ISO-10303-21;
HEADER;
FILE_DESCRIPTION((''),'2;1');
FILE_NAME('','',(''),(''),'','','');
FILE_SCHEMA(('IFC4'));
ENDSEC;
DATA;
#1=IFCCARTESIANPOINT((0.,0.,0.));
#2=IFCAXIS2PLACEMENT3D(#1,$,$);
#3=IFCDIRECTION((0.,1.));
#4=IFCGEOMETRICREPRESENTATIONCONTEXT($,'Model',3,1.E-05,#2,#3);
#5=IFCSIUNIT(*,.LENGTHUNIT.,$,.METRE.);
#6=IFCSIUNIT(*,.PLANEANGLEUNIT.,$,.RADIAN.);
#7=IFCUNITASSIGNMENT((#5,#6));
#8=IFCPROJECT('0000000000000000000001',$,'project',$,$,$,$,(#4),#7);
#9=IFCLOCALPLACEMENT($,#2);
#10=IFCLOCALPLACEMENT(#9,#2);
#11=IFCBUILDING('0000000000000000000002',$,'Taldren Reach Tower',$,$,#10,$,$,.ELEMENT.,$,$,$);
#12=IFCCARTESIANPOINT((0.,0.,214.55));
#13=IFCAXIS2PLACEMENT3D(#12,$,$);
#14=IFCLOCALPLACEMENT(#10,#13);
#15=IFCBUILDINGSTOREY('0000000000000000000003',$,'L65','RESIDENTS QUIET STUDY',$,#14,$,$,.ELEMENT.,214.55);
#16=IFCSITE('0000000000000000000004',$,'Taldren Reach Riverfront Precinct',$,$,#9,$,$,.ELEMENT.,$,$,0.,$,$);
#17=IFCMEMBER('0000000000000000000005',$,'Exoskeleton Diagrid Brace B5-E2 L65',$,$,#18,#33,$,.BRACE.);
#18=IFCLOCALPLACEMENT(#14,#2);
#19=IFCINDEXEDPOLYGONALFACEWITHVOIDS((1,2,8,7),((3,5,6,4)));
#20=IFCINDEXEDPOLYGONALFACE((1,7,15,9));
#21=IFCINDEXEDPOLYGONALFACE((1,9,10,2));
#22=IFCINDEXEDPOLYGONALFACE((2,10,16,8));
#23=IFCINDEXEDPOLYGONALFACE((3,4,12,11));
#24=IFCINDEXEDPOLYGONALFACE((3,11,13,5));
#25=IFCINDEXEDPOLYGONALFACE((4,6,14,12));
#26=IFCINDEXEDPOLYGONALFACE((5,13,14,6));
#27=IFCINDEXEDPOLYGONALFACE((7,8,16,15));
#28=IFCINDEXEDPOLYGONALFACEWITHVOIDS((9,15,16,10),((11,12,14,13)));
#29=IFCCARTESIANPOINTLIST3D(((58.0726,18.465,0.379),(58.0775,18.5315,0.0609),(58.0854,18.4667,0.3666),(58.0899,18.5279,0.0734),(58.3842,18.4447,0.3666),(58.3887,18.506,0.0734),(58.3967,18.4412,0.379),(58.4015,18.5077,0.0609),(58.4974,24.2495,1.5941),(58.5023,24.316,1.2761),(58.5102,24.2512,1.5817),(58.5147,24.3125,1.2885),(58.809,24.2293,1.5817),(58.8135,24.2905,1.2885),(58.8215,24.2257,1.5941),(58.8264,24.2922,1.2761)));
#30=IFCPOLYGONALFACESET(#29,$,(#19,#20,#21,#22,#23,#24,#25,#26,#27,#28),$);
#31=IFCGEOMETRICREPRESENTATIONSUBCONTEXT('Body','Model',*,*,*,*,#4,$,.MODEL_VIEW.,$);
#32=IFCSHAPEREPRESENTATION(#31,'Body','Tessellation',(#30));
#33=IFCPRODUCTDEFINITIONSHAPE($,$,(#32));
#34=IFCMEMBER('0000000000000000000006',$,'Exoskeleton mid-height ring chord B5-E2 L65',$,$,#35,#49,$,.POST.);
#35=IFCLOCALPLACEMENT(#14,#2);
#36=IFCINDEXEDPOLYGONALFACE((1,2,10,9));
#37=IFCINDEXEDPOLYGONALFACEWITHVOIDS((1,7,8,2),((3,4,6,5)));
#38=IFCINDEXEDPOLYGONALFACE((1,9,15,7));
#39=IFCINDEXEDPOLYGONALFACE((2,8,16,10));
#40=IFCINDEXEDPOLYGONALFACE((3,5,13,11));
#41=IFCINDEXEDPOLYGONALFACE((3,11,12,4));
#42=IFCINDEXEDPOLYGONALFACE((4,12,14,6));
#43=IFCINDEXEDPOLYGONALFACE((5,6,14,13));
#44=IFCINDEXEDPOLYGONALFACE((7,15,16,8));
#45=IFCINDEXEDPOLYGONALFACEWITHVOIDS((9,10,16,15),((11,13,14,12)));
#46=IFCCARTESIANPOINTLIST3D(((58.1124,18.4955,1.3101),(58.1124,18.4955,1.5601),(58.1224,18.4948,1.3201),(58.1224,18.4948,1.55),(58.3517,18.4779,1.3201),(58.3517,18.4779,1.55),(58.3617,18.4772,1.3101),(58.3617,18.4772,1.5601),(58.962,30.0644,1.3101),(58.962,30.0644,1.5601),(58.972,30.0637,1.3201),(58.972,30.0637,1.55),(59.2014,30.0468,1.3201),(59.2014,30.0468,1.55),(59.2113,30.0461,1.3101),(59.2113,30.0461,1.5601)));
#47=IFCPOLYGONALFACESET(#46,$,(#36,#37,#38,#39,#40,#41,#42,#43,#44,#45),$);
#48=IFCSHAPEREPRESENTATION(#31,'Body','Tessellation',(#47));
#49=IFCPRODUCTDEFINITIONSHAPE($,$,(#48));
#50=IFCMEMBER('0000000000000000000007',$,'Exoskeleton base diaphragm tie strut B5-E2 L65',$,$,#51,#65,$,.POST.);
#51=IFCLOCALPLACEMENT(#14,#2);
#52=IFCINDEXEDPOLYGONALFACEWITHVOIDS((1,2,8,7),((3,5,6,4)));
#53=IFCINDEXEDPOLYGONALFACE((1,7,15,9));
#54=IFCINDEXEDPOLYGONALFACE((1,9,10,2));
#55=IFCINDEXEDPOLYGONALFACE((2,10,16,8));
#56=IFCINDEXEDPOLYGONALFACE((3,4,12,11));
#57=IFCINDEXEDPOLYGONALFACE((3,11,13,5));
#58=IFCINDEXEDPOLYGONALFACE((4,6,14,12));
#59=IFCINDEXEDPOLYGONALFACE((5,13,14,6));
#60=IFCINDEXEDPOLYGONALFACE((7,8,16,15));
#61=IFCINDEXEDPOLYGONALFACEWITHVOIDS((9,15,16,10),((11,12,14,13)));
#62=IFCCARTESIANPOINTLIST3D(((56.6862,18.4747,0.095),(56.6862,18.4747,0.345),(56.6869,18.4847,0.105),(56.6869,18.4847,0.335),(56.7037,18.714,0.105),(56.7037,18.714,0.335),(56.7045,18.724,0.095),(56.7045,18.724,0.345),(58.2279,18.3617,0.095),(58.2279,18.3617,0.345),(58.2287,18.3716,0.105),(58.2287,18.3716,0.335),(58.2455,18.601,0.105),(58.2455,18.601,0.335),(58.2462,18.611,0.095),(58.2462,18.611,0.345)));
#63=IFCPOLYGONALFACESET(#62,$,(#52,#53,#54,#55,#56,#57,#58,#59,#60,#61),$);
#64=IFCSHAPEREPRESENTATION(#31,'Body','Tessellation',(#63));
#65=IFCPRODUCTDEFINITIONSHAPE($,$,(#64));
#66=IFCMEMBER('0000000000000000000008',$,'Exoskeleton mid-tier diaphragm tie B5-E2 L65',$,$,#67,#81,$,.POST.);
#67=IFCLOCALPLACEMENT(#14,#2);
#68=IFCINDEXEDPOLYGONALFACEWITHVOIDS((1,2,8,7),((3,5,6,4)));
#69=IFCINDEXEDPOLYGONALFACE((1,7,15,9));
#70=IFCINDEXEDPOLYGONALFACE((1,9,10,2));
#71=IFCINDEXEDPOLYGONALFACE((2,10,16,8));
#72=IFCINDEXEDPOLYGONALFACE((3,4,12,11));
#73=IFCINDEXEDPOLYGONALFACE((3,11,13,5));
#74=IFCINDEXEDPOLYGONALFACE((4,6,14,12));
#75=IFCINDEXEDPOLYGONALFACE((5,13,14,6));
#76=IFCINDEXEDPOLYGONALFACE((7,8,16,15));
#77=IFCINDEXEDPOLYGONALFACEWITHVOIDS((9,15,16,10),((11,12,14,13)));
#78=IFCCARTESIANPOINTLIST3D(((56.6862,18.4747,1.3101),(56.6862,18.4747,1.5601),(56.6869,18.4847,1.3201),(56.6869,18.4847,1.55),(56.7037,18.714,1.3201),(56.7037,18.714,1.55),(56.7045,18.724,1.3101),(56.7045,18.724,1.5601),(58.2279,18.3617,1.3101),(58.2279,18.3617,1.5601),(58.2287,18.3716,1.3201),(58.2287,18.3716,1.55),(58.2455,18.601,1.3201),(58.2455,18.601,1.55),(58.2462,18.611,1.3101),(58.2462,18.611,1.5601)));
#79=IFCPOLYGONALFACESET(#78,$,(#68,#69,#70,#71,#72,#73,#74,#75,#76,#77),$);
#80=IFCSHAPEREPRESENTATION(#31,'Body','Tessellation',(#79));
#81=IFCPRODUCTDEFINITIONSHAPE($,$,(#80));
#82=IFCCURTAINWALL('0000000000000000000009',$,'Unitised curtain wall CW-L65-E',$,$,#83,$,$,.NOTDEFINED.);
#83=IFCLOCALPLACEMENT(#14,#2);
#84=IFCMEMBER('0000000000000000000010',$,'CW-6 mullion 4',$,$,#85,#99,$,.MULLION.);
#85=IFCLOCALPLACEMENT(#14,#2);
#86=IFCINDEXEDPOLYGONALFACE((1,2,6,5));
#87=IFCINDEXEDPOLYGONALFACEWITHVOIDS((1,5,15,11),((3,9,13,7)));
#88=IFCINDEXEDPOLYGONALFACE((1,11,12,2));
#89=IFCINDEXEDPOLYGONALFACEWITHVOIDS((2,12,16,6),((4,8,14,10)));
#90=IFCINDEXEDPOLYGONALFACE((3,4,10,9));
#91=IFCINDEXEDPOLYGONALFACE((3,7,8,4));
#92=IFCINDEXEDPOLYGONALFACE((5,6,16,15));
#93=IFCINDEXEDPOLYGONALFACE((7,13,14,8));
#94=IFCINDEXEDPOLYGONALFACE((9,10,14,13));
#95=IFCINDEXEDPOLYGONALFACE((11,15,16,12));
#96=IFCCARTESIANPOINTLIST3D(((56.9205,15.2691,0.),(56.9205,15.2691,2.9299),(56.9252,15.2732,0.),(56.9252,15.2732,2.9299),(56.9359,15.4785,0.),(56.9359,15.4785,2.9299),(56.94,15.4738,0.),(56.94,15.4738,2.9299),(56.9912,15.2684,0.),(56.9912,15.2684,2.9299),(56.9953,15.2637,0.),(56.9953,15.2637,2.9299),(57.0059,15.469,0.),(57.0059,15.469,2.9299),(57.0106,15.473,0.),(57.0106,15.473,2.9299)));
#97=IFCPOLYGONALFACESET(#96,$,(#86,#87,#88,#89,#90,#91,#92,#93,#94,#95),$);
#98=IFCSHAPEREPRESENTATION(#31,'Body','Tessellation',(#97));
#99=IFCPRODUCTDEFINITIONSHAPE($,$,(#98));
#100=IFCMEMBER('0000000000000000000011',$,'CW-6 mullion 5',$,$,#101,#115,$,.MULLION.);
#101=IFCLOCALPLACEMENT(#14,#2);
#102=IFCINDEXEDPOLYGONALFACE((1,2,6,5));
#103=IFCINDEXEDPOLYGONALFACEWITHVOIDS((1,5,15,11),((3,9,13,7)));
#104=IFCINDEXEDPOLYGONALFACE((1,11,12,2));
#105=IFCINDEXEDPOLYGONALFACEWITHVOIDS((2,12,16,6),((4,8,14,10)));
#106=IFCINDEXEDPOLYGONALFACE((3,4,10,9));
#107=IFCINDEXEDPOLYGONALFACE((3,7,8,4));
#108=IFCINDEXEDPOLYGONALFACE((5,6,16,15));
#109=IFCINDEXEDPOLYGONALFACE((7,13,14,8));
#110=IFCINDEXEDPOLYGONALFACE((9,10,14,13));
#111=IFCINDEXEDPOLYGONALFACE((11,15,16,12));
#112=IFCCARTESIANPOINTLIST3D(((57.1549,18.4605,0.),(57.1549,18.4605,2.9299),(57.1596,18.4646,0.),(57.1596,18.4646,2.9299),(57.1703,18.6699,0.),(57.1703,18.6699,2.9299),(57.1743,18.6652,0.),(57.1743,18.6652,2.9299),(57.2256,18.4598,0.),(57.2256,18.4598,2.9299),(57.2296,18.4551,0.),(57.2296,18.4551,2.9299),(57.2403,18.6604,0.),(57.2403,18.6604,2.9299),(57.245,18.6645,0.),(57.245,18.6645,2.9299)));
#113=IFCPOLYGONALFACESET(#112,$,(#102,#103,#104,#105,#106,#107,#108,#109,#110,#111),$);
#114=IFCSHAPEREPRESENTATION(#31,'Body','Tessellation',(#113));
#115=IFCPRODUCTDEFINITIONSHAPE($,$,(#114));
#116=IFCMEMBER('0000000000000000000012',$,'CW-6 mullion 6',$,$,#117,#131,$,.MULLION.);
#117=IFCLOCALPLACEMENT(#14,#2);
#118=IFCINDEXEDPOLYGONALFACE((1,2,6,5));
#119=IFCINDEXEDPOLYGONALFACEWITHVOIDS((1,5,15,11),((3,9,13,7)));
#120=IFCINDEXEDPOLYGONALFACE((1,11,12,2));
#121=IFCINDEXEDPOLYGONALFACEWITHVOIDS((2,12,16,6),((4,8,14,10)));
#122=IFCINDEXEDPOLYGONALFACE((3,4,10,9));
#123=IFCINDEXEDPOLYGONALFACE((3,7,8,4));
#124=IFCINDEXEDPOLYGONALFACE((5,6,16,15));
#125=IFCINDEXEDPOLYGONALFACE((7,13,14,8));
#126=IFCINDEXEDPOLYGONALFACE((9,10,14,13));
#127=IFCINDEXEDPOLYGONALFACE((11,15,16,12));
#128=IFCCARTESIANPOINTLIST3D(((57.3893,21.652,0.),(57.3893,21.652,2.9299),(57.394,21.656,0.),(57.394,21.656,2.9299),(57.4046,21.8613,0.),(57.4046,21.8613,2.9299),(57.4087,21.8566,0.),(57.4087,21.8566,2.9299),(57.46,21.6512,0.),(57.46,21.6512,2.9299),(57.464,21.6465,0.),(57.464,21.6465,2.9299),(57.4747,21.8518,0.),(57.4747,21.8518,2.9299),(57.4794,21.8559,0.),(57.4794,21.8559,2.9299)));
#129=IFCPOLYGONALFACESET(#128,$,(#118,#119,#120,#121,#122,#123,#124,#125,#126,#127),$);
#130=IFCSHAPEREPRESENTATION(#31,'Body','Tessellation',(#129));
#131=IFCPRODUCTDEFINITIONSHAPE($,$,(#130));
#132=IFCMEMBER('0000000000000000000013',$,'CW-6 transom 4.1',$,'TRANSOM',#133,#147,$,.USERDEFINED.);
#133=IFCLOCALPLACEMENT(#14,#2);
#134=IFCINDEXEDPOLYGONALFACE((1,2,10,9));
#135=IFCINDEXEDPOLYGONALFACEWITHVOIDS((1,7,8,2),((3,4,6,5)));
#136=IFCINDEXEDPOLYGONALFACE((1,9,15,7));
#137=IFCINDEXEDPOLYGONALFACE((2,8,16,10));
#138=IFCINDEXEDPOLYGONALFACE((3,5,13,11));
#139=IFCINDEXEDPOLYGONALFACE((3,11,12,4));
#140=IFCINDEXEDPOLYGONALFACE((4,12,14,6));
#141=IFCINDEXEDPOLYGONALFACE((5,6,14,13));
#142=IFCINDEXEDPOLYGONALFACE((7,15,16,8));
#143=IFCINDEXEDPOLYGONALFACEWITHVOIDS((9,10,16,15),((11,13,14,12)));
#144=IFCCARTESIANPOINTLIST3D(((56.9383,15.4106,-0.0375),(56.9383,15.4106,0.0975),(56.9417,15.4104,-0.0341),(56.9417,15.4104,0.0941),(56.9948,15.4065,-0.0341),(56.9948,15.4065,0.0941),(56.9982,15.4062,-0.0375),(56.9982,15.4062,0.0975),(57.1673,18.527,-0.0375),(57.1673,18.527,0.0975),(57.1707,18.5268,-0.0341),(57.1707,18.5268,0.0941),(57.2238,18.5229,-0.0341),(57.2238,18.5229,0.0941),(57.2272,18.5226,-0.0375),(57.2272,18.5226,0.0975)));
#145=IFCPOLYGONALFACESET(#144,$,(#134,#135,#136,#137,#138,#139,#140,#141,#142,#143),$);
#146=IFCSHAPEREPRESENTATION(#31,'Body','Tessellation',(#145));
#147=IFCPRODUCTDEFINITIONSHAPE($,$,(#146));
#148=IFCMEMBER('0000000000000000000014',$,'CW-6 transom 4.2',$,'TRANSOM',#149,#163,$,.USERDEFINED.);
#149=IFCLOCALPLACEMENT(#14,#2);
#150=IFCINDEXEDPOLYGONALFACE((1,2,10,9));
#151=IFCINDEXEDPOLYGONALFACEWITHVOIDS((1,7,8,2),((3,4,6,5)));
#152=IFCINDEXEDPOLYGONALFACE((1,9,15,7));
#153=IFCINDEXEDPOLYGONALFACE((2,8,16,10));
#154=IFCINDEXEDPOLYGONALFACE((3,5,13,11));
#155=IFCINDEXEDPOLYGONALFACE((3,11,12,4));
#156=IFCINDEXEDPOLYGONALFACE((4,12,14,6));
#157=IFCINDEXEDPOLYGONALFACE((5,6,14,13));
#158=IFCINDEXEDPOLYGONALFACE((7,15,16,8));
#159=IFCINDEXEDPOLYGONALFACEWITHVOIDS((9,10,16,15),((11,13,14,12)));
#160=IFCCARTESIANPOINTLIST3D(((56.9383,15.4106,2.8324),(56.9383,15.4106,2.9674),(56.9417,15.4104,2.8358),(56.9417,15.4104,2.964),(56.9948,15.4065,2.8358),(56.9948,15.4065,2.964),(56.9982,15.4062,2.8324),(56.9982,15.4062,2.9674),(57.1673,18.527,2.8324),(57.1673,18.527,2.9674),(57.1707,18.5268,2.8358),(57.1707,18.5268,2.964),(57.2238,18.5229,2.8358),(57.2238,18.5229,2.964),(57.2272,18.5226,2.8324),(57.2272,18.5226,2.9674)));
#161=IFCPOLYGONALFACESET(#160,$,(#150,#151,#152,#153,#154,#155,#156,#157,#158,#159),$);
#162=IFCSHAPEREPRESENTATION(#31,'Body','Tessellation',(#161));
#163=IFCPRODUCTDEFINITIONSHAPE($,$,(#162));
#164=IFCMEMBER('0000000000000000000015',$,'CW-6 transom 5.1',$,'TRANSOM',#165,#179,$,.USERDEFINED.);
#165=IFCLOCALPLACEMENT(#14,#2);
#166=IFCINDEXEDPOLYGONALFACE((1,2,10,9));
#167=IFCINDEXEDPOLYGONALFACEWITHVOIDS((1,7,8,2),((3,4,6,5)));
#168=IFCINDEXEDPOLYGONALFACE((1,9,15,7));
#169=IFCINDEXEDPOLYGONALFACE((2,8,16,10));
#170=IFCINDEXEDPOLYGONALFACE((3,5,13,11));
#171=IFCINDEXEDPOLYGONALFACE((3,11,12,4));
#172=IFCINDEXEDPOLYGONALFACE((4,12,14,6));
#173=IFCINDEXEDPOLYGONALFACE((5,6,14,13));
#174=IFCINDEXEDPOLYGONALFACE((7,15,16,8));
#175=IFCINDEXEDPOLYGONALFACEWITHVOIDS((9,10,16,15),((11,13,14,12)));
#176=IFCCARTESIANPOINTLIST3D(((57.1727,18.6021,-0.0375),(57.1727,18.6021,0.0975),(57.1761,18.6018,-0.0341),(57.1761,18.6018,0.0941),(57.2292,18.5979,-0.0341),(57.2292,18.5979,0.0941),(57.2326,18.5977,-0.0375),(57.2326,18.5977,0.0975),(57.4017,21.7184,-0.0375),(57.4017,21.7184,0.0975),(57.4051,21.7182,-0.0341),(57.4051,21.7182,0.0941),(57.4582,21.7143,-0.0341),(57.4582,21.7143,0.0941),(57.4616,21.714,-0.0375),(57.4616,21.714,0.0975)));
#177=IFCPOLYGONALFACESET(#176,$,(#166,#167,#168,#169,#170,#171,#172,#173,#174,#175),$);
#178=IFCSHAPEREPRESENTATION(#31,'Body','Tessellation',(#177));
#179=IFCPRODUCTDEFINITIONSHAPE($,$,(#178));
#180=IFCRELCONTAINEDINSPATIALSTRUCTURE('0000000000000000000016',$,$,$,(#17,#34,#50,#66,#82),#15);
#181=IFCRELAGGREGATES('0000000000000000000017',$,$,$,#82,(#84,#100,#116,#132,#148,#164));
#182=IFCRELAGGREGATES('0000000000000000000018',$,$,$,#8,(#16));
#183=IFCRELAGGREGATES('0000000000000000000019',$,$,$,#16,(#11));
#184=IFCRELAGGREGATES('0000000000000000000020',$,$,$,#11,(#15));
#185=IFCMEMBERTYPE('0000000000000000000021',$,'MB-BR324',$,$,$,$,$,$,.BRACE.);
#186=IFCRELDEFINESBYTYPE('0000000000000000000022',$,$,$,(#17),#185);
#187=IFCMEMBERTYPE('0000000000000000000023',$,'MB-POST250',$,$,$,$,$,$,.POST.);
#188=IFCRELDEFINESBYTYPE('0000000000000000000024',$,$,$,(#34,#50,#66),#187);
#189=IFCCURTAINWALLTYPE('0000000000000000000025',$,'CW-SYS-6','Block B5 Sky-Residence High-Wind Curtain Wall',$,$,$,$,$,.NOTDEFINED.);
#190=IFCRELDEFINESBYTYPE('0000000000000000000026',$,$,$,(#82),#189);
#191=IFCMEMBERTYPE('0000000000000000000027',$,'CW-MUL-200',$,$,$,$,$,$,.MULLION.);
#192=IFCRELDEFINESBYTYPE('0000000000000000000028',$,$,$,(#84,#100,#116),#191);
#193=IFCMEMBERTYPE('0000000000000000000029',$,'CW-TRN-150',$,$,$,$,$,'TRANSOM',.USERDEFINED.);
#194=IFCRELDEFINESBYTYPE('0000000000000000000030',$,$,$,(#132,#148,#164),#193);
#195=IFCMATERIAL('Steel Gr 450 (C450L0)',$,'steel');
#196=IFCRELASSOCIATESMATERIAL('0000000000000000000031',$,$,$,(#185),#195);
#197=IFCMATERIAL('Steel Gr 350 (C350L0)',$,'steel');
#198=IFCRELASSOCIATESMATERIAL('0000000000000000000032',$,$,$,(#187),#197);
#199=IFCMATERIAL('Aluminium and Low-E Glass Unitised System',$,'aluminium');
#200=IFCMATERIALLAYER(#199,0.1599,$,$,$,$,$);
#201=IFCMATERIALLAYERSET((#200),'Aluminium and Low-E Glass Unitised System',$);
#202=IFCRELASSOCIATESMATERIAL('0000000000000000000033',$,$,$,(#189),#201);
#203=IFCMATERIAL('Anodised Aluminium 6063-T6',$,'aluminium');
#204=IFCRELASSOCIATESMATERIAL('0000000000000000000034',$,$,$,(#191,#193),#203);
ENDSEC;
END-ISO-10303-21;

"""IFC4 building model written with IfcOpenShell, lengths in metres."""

from ifc_helpers import new_model, si_unit, direction, frame, origin, origin_2d, place, context, subcontext, project, spatial, hollow_rectangle, extrude, source, transform, mapped, material, layer, layer_set, material_profile, profile_set, type_object, element, aggregate, save


model = new_model("IFC4")

# Units and contexts
model_context = context("Model", 3, precision=1e-05, world=origin(), true_north=direction((0.0, 1.0)))
body_context = subcontext(model_context, "Body", "Model", "MODEL_VIEW")
ifc_project = project(units=[si_unit("LENGTHUNIT", "METRE"), si_unit("PLANEANGLEUNIT", "RADIAN")], contexts=[model_context])

# Site, building, storey
site_placement = place(None, origin())
site = spatial("IfcSite", under=ifc_project, at=site_placement, Name="Taldren Reach Riverfront Precinct", CompositionType="ELEMENT", RefElevation=0.0)
building_placement = place(site_placement, origin())
building = spatial("IfcBuilding", under=site, at=building_placement, Name="Taldren Reach Tower", CompositionType="ELEMENT")
storey_placement = place(building_placement, frame((0.0, 0.0, 214.55)))
storey = spatial("IfcBuildingStorey", under=building, at=storey_placement, Name="L65", Description="RESIDENTS QUIET STUDY", CompositionType="ELEMENT", Elevation=214.55)

# Members
ifc_material_1 = material(Name="Steel Gr 450 (C450L0)", Category="steel")
ifc_material_profile_1 = material_profile(ifc_material_1, hollow_rectangle(XDim=0.325, YDim=0.325, WallThickness=0.0127, at=origin_2d()), Name="325x325x12.7SHS")
ifc_profile_set_1 = profile_set([ifc_material_profile_1], Name="Steel Gr 450 (C450L0)")
member_type_1 = type_object("IfcMemberType", Name="MB-BR324", PredefinedType="BRACE", material=ifc_profile_set_1)
shared_shape_1 = source(origin(), body_context, "Body", "SweptSolid", [
    extrude(hollow_rectangle(XDim=0.325, YDim=0.325, WallThickness=0.0127, at=origin_2d()), origin(), (0.0, 0.0, 1.0), 5.926),
])
for number, where, z_axis, x_axis, name in (
    (1, (58.2371, 18.4863, 0.22), (0.071686, 0.976123, 0.205046), (-0.997314, 0.073242, 0.0), "Exoskeleton Diagrid Brace B5-E2 L65"),
):
    element("IfcMember", number, at=place(storey_placement, frame(where, z_axis=z_axis, x_axis=x_axis)), inside=storey, type_object=member_type_1, Name=name, PredefinedType="BRACE", context=body_context, shape_type="MappedRepresentation", body=[
        mapped(shared_shape_1, transform((0.0, 0.0, 0.0), scale=1.0)),
    ])
ifc_material_2 = material(Name="Steel Gr 350 (C350L0)", Category="steel")
ifc_material_profile_2 = material_profile(ifc_material_2, hollow_rectangle(XDim=0.25, YDim=0.25, WallThickness=0.01, at=origin_2d()), Name="250x250x10.0SHS")
ifc_profile_set_2 = profile_set([ifc_material_profile_2], Name="Steel Gr 350 (C350L0)")
member_type_2 = type_object("IfcMemberType", Name="MB-POST250", PredefinedType="POST", material=ifc_profile_set_2)
shared_shape_2 = source(origin(), body_context, "Body", "SweptSolid", [
    extrude(hollow_rectangle(XDim=0.25, YDim=0.25, WallThickness=0.01, at=origin_2d()), origin(), (0.0, 0.0, 1.0), 11.6001),
])
member_1_placement = place(storey_placement, frame((58.2371, 18.4863, 1.4351), z_axis=(0.073242, 0.997314, 0.0), x_axis=(-0.997314, 0.073242, 0.0)))
element("IfcMember", 2, at=member_1_placement, inside=storey, type_object=member_type_2, Name="Exoskeleton mid-height ring chord B5-E2 L65", PredefinedType="POST", context=body_context, shape_type="MappedRepresentation", body=[
    mapped(shared_shape_2, transform((0.0, 0.0, 0.0), scale=1.0)),
])
shared_shape_3 = source(origin(), body_context, "Body", "SweptSolid", [
    extrude(hollow_rectangle(XDim=0.25, YDim=0.25, WallThickness=0.01, at=origin_2d()), origin(), (0.0, 0.0, 1.0), 1.5459),
])
for number, where, z_axis, x_axis, name in (
    (3, (56.6953, 18.5994, 0.22), (0.997323, -0.073121, 0.0), (0.073121, 0.997323, 0.0), "Exoskeleton base diaphragm tie strut B5-E2 L65"),
    (4, (56.6953, 18.5994, 1.4351), (0.997323, -0.073121, 0.0), (0.073121, 0.997323, 0.0), "Exoskeleton mid-tier diaphragm tie B5-E2 L65"),
):
    element("IfcMember", number, at=place(storey_placement, frame(where, z_axis=z_axis, x_axis=x_axis)), inside=storey, type_object=member_type_2, Name=name, PredefinedType="POST", context=body_context, shape_type="MappedRepresentation", body=[
        mapped(shared_shape_3, transform((0.0, 0.0, 0.0), scale=1.0)),
    ])

# Curtain wall, members
ifc_material_3 = material(Name="Aluminium and Low-E Glass Unitised System", Category="aluminium")
ifc_layer_1 = layer(ifc_material_3, 0.1599)
ifc_layer_set_1 = layer_set([ifc_layer_1], Name="Aluminium and Low-E Glass Unitised System")
curtain_wall_type = type_object("IfcCurtainWallType", Name="CW-SYS-6", Description="Block B5 Sky-Residence High-Wind Curtain Wall", PredefinedType="NOTDEFINED", material=ifc_layer_set_1)
curtain_wall_placement = place(storey_placement, origin())
curtain_wall = element("IfcCurtainWall", 5, at=curtain_wall_placement, inside=storey, type_object=curtain_wall_type, Name="Unitised curtain wall CW-L65-E", PredefinedType="NOTDEFINED")
ifc_material_4 = material(Name="Anodised Aluminium 6063-T6", Category="aluminium")
ifc_material_profile_3 = material_profile(ifc_material_4, hollow_rectangle(XDim=0.075, YDim=0.21, WallThickness=0.0044, at=origin_2d()), Name="ALU-210x75x4.5RHS")
ifc_profile_set_3 = profile_set([ifc_material_profile_3], Name="Anodised Aluminium 6063-T6")
member_type_3 = type_object("IfcMemberType", Name="CW-MUL-200", PredefinedType="MULLION", material=ifc_profile_set_3)
shared_shape_4 = source(origin(), body_context, "Body", "SweptSolid", [
    extrude(hollow_rectangle(XDim=0.075, YDim=0.21, WallThickness=0.0044, at=origin_2d()), origin(), (0.0, 0.0, 1.0), 2.9299),
])
member_2_placement = place(storey_placement, frame((56.9656, 15.3711, 0.0), z_axis=(0.0, 0.0, 1.0), x_axis=(-0.997314, 0.073238, 0.0)))
member_2 = element("IfcMember", 6, at=member_2_placement, type_object=member_type_3, Name="CW-6 mullion 4", PredefinedType="MULLION", context=body_context, shape_type="MappedRepresentation", body=[
    mapped(shared_shape_4, transform((0.0, 0.0, 0.0), scale=1.0)),
])
member_3_placement = place(storey_placement, frame((57.2, 18.5625, 0.0), z_axis=(0.0, 0.0, 1.0), x_axis=(-0.997314, 0.073238, 0.0)))
member_3 = element("IfcMember", 7, at=member_3_placement, type_object=member_type_3, Name="CW-6 mullion 5", PredefinedType="MULLION", context=body_context, shape_type="MappedRepresentation", body=[
    mapped(shared_shape_4, transform((0.0, 0.0, 0.0), scale=1.0)),
])
member_4_placement = place(storey_placement, frame((57.4343, 21.7539, 0.0), z_axis=(0.0, 0.0, 1.0), x_axis=(-0.997314, 0.073238, 0.0)))
member_4 = element("IfcMember", 8, at=member_4_placement, type_object=member_type_3, Name="CW-6 mullion 6", PredefinedType="MULLION", context=body_context, shape_type="MappedRepresentation", body=[
    mapped(shared_shape_4, transform((0.0, 0.0, 0.0), scale=1.0)),
])
ifc_material_profile_4 = material_profile(ifc_material_4, hollow_rectangle(XDim=0.0601, YDim=0.135, WallThickness=0.0034, at=origin_2d()), Name="ALU-135x60x3.5RHS")
ifc_profile_set_4 = profile_set([ifc_material_profile_4], Name="Anodised Aluminium 6063-T6")
member_type_4 = type_object("IfcMemberType", Name="CW-TRN-150", ElementType="TRANSOM", PredefinedType="USERDEFINED", material=ifc_profile_set_4)
shared_shape_5 = source(origin(), body_context, "Body", "SweptSolid", [
    extrude(hollow_rectangle(XDim=0.0601, YDim=0.135, WallThickness=0.0034, at=origin_2d()), origin(), (0.0, 0.0, 1.0), 3.1248),
])
member_5_placement = place(storey_placement, frame((56.9683, 15.4084, 0.03), z_axis=(0.073285, 0.997311, 0.0), x_axis=(-0.997311, 0.073285, 0.0)))
member_5 = element("IfcMember", 9, at=member_5_placement, type_object=member_type_4, Name="CW-6 transom 4.1", ObjectType="TRANSOM", PredefinedType="USERDEFINED", context=body_context, shape_type="MappedRepresentation", body=[
    mapped(shared_shape_5, transform((0.0, 0.0, 0.0), scale=1.0)),
])
member_6_placement = place(storey_placement, frame((56.9683, 15.4084, 2.8999), z_axis=(0.073285, 0.997311, 0.0), x_axis=(-0.997311, 0.073285, 0.0)))
member_6 = element("IfcMember", 10, at=member_6_placement, type_object=member_type_4, Name="CW-6 transom 4.2", ObjectType="TRANSOM", PredefinedType="USERDEFINED", context=body_context, shape_type="MappedRepresentation", body=[
    mapped(shared_shape_5, transform((0.0, 0.0, 0.0), scale=1.0)),
])
member_7_placement = place(storey_placement, frame((57.2026, 18.5999, 0.03), z_axis=(0.073285, 0.997311, 0.0), x_axis=(-0.997311, 0.073285, 0.0)))
member_7 = element("IfcMember", 11, at=member_7_placement, type_object=member_type_4, Name="CW-6 transom 5.1", ObjectType="TRANSOM", PredefinedType="USERDEFINED", context=body_context, shape_type="MappedRepresentation", body=[
    mapped(shared_shape_5, transform((0.0, 0.0, 0.0), scale=1.0)),
])

aggregate(curtain_wall, [member_2, member_3, member_4, member_5, member_6, member_7])

save(model, "model.ifc")
